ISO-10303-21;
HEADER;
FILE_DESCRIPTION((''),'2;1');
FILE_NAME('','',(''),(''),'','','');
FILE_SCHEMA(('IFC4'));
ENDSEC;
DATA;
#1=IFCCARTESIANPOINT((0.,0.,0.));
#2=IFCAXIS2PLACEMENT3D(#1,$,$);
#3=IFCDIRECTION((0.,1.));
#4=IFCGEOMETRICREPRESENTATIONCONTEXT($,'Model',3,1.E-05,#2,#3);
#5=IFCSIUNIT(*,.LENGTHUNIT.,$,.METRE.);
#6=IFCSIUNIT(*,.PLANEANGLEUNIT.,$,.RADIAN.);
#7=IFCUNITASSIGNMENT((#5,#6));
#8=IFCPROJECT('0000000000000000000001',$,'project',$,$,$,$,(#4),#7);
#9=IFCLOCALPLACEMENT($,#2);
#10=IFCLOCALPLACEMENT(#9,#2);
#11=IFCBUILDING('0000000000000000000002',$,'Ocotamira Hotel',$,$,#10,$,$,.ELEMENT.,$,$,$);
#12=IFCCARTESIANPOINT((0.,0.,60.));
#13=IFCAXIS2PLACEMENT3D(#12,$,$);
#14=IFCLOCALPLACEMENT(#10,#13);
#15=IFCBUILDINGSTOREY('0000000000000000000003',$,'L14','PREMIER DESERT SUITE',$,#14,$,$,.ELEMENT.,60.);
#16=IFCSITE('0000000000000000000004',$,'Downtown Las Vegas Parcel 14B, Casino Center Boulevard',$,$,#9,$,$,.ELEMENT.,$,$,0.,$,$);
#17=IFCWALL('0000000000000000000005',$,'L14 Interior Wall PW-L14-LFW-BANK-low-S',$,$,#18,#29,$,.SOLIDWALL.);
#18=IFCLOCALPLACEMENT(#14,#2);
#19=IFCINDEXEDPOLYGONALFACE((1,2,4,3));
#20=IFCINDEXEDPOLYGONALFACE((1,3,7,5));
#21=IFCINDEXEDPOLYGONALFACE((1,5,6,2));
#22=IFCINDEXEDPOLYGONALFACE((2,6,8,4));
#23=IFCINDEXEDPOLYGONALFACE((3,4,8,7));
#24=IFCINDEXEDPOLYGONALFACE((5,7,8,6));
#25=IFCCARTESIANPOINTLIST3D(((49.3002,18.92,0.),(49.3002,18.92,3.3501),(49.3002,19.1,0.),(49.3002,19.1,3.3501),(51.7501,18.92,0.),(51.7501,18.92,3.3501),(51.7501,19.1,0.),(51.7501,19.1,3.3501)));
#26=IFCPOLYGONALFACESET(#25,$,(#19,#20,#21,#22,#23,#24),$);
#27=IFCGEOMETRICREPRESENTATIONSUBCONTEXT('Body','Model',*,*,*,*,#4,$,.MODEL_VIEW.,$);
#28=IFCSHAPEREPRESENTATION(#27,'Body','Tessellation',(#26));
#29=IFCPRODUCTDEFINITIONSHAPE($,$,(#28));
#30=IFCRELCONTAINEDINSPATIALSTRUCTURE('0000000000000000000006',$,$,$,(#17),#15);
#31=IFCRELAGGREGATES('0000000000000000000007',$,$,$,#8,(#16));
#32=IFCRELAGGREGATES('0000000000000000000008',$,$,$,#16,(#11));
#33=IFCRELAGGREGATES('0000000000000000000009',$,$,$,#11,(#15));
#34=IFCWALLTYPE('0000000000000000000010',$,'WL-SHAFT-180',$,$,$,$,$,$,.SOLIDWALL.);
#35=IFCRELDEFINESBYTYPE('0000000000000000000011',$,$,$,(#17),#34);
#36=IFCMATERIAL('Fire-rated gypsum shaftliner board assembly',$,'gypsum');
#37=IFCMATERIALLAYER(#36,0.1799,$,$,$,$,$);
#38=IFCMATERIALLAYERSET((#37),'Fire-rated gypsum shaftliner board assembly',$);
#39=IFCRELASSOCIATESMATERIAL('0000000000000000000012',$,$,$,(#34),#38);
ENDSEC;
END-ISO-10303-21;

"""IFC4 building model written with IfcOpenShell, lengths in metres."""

from ifc_helpers import new_model, si_unit, direction, frame, frame_2d, origin, place, context, subcontext, project, spatial, rectangle, extrude, material, layer, layer_set, type_object, element, save


model = new_model("IFC4")

# Units and contexts
model_context = context("Model", 3, precision=1e-05, world=origin(), true_north=direction((0.0, 1.0)))
body_context = subcontext(model_context, "Body", "Model", "MODEL_VIEW")
ifc_project = project(units=[si_unit("LENGTHUNIT", "METRE"), si_unit("PLANEANGLEUNIT", "RADIAN")], contexts=[model_context])

# Site, building, storey
site_placement = place(None, origin())
site = spatial("IfcSite", under=ifc_project, at=site_placement, Name="Downtown Las Vegas Parcel 14B, Casino Center Boulevard", CompositionType="ELEMENT", RefElevation=0.0)
building_placement = place(site_placement, origin())
building = spatial("IfcBuilding", under=site, at=building_placement, Name="Ocotamira Hotel", CompositionType="ELEMENT")
storey_placement = place(building_placement, frame((0.0, 0.0, 60.0)))
storey = spatial("IfcBuildingStorey", under=building, at=storey_placement, Name="L14", Description="PREMIER DESERT SUITE", CompositionType="ELEMENT", Elevation=60.0)

# Shared definitions
ifc_material_1 = material(Name="Fire-rated gypsum shaftliner board assembly", Category="gypsum")
ifc_layer_1 = layer(ifc_material_1, 0.1799)
ifc_layer_set_1 = layer_set([ifc_layer_1], Name="Fire-rated gypsum shaftliner board assembly")
wall_type_1 = type_object("IfcWallType", Name="WL-SHAFT-180", PredefinedType="SOLIDWALL", material=ifc_layer_set_1)

# Wall
wall_1_placement = place(storey_placement, frame((49.3, 19.01, 0.0), z_axis=(0.0, 0.0, 1.0), x_axis=(1.0, 0.0, 0.0)))
element("IfcWall", 1, at=wall_1_placement, inside=storey, type_object=wall_type_1, Name="L14 Interior Wall PW-L14-LFW-BANK-low-S", PredefinedType="SOLIDWALL", context=body_context, shape_type="SweptSolid", body=[
    extrude(rectangle(XDim=2.45, YDim=0.1799, at=frame_2d((1.2251, 0.0))), origin(), (0.0, 0.0, 1.0), 3.3501),
])

save(model, "model.ifc")
